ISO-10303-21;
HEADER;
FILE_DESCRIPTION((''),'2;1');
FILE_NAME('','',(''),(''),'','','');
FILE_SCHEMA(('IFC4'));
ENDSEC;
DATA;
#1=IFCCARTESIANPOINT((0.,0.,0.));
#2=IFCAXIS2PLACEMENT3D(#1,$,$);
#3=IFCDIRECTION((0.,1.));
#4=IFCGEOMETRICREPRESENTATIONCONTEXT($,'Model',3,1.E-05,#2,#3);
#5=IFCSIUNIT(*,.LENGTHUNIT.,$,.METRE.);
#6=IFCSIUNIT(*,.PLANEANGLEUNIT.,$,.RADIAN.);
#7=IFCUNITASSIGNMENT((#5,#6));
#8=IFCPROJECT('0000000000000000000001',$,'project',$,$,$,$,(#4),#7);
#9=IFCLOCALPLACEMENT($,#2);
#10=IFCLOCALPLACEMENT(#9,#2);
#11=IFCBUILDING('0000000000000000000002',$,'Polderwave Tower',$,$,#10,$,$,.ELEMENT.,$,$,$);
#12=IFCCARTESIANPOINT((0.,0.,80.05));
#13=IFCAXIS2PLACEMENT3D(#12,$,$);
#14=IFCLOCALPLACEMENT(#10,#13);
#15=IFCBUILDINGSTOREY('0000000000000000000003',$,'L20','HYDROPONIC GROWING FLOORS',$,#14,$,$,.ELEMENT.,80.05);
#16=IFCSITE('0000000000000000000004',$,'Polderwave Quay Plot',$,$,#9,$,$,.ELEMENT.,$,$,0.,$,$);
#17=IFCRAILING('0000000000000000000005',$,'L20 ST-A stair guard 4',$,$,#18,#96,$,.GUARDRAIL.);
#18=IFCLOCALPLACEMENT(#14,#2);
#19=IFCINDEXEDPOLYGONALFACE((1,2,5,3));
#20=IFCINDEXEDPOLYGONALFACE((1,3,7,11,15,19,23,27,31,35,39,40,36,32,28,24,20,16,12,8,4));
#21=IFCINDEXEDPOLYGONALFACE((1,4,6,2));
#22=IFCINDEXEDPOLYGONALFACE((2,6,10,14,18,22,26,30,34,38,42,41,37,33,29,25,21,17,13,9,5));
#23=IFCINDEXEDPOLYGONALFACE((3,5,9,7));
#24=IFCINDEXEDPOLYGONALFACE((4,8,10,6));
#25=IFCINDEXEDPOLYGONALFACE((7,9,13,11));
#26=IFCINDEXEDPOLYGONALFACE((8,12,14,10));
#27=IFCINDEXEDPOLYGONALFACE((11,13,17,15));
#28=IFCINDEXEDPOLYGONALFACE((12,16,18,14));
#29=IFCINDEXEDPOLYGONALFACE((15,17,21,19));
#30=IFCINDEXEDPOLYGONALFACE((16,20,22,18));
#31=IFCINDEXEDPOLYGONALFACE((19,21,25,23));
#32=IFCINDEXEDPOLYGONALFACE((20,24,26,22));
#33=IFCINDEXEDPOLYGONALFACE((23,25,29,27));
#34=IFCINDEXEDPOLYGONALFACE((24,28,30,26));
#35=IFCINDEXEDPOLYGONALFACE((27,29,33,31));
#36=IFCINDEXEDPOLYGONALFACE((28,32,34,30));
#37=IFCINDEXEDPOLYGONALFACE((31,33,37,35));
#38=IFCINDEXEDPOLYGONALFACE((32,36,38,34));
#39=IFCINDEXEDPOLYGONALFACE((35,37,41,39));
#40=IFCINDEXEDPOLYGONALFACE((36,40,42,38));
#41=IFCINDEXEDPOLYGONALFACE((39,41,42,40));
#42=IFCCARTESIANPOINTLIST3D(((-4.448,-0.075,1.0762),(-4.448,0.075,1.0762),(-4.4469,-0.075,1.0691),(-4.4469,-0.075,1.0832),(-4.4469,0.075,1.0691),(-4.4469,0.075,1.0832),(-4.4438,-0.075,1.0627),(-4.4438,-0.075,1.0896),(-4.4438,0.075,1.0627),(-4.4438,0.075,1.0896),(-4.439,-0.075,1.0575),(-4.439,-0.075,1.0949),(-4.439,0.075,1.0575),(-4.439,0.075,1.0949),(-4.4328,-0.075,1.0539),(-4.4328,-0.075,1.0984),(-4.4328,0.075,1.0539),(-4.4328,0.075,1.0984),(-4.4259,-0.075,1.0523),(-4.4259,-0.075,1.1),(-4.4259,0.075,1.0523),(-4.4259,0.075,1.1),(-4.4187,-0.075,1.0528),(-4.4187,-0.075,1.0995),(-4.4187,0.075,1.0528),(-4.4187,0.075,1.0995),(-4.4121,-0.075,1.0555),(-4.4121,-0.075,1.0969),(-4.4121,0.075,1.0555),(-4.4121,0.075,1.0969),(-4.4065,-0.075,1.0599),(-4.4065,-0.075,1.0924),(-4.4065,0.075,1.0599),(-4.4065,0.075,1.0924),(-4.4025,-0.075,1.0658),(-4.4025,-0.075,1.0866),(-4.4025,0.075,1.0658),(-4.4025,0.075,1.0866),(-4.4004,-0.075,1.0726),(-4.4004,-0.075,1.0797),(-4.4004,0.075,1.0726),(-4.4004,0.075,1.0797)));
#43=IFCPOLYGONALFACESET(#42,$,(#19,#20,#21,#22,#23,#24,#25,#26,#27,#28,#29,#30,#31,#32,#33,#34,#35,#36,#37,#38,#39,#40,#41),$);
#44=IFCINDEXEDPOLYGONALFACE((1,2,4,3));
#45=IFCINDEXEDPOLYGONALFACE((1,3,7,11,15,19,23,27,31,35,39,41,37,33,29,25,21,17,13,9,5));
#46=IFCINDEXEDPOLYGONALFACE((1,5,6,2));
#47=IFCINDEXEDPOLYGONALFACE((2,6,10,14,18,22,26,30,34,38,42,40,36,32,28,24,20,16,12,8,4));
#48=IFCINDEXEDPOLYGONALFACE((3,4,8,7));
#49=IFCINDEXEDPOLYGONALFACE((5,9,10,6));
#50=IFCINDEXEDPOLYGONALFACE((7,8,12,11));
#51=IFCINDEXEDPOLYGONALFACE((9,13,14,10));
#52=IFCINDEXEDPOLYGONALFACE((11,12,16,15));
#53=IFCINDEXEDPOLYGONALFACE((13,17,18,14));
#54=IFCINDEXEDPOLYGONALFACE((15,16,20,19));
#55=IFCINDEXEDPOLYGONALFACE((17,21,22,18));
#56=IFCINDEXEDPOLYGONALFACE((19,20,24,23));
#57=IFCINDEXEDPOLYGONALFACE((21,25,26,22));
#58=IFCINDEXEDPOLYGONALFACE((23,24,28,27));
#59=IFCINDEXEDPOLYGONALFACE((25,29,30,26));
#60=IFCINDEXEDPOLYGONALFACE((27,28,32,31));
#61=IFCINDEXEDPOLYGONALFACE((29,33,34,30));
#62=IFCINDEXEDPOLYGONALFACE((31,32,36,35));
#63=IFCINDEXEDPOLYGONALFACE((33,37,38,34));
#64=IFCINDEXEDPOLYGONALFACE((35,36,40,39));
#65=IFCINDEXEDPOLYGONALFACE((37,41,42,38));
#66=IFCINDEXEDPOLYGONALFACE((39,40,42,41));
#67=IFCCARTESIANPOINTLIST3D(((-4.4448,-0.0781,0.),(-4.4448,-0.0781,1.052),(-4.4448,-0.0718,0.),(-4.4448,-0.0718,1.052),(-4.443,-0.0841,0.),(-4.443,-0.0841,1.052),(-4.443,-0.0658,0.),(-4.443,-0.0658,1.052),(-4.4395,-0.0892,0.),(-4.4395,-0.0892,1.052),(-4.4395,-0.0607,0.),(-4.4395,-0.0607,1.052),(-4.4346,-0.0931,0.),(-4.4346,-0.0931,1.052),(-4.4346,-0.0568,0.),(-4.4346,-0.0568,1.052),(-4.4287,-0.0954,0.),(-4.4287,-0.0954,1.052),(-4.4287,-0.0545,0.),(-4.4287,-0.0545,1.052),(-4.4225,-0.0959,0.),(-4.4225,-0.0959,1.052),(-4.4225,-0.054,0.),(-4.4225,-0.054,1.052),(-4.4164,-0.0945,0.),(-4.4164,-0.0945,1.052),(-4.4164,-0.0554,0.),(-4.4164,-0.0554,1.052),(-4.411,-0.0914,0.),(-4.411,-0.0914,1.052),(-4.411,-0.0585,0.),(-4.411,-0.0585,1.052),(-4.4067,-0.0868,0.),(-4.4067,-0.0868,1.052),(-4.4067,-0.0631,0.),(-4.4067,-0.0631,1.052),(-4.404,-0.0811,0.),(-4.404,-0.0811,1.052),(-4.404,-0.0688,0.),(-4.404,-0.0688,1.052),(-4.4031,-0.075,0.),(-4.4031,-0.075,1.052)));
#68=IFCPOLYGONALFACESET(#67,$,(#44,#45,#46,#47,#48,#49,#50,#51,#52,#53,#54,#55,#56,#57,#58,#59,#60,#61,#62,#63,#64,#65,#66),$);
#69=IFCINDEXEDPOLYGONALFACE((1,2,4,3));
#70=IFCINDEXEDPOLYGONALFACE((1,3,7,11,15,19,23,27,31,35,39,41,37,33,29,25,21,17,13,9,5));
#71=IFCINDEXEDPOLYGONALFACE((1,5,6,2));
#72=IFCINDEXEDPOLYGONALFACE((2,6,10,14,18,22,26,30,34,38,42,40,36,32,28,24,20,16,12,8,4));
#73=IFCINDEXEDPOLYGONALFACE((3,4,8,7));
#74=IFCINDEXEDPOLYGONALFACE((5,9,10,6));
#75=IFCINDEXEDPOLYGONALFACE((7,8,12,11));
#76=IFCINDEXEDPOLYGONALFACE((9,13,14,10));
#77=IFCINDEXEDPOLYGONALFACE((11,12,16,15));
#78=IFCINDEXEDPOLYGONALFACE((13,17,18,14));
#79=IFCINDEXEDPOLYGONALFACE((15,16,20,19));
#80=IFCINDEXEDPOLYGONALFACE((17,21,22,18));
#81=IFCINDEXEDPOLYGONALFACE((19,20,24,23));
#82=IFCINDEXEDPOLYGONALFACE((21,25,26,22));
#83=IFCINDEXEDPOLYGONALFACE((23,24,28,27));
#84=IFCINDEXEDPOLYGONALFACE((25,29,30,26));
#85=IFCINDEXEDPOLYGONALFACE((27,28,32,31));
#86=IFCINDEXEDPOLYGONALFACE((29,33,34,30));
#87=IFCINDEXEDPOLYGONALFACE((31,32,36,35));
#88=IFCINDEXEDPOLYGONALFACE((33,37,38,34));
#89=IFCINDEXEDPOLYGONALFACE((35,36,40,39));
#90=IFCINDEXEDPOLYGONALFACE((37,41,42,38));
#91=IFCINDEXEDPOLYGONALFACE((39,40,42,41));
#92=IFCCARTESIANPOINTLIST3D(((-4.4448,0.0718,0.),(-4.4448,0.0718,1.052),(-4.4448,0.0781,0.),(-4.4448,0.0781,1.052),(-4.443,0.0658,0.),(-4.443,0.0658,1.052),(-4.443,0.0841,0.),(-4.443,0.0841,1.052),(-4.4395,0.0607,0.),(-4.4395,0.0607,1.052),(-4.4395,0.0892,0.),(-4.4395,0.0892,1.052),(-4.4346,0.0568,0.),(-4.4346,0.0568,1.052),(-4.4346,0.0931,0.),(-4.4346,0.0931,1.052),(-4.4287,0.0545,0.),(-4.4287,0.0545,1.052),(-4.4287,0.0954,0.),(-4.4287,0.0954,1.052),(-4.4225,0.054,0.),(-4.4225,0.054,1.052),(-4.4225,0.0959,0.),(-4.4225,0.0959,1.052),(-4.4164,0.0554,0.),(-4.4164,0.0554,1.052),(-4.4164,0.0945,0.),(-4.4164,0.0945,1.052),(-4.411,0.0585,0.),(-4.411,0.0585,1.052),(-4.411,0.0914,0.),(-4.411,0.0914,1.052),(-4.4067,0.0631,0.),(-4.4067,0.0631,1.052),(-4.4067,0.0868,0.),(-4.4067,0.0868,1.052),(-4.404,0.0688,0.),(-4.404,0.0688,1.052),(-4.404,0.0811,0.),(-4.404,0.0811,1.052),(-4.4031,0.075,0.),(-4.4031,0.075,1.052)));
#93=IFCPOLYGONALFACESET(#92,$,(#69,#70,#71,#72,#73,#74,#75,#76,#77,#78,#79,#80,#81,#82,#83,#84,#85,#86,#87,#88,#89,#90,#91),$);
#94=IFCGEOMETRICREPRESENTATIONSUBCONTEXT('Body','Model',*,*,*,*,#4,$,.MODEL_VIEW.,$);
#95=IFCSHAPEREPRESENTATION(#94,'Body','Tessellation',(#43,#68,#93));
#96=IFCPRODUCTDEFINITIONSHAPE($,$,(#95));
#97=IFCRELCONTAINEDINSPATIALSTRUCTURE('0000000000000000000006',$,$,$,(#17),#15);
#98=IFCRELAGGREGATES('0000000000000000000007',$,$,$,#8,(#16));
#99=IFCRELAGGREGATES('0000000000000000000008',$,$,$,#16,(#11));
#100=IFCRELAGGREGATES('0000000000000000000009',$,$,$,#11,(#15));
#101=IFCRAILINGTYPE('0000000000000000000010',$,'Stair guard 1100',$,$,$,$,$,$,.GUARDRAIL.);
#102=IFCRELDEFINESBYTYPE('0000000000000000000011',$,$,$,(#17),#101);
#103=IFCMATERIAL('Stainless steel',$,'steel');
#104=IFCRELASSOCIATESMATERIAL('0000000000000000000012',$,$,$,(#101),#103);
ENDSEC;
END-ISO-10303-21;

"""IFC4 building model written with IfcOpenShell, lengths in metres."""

from ifc_helpers import new_model, si_unit, direction, frame, origin, origin_2d, place, context, subcontext, project, spatial, circle, extrude, material, type_object, element, save


model = new_model("IFC4")

# Units and contexts
model_context = context("Model", 3, precision=1e-05, world=origin(), true_north=direction((0.0, 1.0)))
body_context = subcontext(model_context, "Body", "Model", "MODEL_VIEW")
ifc_project = project(units=[si_unit("LENGTHUNIT", "METRE"), si_unit("PLANEANGLEUNIT", "RADIAN")], contexts=[model_context])

# Site, building, storey
site_placement = place(None, origin())
site = spatial("IfcSite", under=ifc_project, at=site_placement, Name="Polderwave Quay Plot", CompositionType="ELEMENT", RefElevation=0.0)
building_placement = place(site_placement, origin())
building = spatial("IfcBuilding", under=site, at=building_placement, Name="Polderwave Tower", CompositionType="ELEMENT")
storey_placement = place(building_placement, frame((0.0, 0.0, 80.05)))
storey = spatial("IfcBuildingStorey", under=building, at=storey_placement, Name="L20", Description="HYDROPONIC GROWING FLOORS", CompositionType="ELEMENT", Elevation=80.05)

# Shared definitions
ifc_material_1 = material(Name="Stainless steel", Category="steel")

# Railing
railing_type_1 = type_object("IfcRailingType", Name="Stair guard 1100", PredefinedType="GUARDRAIL", material=ifc_material_1)
railing_1_placement = place(storey_placement, frame((-4.4241, -0.075, 0.0)))
element("IfcRailing", 1, at=railing_1_placement, inside=storey, type_object=railing_type_1, Name="L20 ST-A stair guard 4", PredefinedType="GUARDRAIL", context=body_context, shape_type="SweptSolid", body=[
    extrude(circle(Radius=0.0239, at=origin_2d()), frame((0.0, 0.0, 1.0762), z_axis=(0.0, 1.0, 0.0), x_axis=(-1.0, 0.0, 0.0)), (0.0, 0.0, 1.0), 0.1499),
    extrude(circle(Radius=0.021, at=origin_2d()), origin(), (0.0, 0.0, 1.0), 1.052),
    extrude(circle(Radius=0.021, at=origin_2d()), frame((0.0, 0.1499, 0.0)), (0.0, 0.0, 1.0), 1.052),
])

save(model, "model.ifc")
